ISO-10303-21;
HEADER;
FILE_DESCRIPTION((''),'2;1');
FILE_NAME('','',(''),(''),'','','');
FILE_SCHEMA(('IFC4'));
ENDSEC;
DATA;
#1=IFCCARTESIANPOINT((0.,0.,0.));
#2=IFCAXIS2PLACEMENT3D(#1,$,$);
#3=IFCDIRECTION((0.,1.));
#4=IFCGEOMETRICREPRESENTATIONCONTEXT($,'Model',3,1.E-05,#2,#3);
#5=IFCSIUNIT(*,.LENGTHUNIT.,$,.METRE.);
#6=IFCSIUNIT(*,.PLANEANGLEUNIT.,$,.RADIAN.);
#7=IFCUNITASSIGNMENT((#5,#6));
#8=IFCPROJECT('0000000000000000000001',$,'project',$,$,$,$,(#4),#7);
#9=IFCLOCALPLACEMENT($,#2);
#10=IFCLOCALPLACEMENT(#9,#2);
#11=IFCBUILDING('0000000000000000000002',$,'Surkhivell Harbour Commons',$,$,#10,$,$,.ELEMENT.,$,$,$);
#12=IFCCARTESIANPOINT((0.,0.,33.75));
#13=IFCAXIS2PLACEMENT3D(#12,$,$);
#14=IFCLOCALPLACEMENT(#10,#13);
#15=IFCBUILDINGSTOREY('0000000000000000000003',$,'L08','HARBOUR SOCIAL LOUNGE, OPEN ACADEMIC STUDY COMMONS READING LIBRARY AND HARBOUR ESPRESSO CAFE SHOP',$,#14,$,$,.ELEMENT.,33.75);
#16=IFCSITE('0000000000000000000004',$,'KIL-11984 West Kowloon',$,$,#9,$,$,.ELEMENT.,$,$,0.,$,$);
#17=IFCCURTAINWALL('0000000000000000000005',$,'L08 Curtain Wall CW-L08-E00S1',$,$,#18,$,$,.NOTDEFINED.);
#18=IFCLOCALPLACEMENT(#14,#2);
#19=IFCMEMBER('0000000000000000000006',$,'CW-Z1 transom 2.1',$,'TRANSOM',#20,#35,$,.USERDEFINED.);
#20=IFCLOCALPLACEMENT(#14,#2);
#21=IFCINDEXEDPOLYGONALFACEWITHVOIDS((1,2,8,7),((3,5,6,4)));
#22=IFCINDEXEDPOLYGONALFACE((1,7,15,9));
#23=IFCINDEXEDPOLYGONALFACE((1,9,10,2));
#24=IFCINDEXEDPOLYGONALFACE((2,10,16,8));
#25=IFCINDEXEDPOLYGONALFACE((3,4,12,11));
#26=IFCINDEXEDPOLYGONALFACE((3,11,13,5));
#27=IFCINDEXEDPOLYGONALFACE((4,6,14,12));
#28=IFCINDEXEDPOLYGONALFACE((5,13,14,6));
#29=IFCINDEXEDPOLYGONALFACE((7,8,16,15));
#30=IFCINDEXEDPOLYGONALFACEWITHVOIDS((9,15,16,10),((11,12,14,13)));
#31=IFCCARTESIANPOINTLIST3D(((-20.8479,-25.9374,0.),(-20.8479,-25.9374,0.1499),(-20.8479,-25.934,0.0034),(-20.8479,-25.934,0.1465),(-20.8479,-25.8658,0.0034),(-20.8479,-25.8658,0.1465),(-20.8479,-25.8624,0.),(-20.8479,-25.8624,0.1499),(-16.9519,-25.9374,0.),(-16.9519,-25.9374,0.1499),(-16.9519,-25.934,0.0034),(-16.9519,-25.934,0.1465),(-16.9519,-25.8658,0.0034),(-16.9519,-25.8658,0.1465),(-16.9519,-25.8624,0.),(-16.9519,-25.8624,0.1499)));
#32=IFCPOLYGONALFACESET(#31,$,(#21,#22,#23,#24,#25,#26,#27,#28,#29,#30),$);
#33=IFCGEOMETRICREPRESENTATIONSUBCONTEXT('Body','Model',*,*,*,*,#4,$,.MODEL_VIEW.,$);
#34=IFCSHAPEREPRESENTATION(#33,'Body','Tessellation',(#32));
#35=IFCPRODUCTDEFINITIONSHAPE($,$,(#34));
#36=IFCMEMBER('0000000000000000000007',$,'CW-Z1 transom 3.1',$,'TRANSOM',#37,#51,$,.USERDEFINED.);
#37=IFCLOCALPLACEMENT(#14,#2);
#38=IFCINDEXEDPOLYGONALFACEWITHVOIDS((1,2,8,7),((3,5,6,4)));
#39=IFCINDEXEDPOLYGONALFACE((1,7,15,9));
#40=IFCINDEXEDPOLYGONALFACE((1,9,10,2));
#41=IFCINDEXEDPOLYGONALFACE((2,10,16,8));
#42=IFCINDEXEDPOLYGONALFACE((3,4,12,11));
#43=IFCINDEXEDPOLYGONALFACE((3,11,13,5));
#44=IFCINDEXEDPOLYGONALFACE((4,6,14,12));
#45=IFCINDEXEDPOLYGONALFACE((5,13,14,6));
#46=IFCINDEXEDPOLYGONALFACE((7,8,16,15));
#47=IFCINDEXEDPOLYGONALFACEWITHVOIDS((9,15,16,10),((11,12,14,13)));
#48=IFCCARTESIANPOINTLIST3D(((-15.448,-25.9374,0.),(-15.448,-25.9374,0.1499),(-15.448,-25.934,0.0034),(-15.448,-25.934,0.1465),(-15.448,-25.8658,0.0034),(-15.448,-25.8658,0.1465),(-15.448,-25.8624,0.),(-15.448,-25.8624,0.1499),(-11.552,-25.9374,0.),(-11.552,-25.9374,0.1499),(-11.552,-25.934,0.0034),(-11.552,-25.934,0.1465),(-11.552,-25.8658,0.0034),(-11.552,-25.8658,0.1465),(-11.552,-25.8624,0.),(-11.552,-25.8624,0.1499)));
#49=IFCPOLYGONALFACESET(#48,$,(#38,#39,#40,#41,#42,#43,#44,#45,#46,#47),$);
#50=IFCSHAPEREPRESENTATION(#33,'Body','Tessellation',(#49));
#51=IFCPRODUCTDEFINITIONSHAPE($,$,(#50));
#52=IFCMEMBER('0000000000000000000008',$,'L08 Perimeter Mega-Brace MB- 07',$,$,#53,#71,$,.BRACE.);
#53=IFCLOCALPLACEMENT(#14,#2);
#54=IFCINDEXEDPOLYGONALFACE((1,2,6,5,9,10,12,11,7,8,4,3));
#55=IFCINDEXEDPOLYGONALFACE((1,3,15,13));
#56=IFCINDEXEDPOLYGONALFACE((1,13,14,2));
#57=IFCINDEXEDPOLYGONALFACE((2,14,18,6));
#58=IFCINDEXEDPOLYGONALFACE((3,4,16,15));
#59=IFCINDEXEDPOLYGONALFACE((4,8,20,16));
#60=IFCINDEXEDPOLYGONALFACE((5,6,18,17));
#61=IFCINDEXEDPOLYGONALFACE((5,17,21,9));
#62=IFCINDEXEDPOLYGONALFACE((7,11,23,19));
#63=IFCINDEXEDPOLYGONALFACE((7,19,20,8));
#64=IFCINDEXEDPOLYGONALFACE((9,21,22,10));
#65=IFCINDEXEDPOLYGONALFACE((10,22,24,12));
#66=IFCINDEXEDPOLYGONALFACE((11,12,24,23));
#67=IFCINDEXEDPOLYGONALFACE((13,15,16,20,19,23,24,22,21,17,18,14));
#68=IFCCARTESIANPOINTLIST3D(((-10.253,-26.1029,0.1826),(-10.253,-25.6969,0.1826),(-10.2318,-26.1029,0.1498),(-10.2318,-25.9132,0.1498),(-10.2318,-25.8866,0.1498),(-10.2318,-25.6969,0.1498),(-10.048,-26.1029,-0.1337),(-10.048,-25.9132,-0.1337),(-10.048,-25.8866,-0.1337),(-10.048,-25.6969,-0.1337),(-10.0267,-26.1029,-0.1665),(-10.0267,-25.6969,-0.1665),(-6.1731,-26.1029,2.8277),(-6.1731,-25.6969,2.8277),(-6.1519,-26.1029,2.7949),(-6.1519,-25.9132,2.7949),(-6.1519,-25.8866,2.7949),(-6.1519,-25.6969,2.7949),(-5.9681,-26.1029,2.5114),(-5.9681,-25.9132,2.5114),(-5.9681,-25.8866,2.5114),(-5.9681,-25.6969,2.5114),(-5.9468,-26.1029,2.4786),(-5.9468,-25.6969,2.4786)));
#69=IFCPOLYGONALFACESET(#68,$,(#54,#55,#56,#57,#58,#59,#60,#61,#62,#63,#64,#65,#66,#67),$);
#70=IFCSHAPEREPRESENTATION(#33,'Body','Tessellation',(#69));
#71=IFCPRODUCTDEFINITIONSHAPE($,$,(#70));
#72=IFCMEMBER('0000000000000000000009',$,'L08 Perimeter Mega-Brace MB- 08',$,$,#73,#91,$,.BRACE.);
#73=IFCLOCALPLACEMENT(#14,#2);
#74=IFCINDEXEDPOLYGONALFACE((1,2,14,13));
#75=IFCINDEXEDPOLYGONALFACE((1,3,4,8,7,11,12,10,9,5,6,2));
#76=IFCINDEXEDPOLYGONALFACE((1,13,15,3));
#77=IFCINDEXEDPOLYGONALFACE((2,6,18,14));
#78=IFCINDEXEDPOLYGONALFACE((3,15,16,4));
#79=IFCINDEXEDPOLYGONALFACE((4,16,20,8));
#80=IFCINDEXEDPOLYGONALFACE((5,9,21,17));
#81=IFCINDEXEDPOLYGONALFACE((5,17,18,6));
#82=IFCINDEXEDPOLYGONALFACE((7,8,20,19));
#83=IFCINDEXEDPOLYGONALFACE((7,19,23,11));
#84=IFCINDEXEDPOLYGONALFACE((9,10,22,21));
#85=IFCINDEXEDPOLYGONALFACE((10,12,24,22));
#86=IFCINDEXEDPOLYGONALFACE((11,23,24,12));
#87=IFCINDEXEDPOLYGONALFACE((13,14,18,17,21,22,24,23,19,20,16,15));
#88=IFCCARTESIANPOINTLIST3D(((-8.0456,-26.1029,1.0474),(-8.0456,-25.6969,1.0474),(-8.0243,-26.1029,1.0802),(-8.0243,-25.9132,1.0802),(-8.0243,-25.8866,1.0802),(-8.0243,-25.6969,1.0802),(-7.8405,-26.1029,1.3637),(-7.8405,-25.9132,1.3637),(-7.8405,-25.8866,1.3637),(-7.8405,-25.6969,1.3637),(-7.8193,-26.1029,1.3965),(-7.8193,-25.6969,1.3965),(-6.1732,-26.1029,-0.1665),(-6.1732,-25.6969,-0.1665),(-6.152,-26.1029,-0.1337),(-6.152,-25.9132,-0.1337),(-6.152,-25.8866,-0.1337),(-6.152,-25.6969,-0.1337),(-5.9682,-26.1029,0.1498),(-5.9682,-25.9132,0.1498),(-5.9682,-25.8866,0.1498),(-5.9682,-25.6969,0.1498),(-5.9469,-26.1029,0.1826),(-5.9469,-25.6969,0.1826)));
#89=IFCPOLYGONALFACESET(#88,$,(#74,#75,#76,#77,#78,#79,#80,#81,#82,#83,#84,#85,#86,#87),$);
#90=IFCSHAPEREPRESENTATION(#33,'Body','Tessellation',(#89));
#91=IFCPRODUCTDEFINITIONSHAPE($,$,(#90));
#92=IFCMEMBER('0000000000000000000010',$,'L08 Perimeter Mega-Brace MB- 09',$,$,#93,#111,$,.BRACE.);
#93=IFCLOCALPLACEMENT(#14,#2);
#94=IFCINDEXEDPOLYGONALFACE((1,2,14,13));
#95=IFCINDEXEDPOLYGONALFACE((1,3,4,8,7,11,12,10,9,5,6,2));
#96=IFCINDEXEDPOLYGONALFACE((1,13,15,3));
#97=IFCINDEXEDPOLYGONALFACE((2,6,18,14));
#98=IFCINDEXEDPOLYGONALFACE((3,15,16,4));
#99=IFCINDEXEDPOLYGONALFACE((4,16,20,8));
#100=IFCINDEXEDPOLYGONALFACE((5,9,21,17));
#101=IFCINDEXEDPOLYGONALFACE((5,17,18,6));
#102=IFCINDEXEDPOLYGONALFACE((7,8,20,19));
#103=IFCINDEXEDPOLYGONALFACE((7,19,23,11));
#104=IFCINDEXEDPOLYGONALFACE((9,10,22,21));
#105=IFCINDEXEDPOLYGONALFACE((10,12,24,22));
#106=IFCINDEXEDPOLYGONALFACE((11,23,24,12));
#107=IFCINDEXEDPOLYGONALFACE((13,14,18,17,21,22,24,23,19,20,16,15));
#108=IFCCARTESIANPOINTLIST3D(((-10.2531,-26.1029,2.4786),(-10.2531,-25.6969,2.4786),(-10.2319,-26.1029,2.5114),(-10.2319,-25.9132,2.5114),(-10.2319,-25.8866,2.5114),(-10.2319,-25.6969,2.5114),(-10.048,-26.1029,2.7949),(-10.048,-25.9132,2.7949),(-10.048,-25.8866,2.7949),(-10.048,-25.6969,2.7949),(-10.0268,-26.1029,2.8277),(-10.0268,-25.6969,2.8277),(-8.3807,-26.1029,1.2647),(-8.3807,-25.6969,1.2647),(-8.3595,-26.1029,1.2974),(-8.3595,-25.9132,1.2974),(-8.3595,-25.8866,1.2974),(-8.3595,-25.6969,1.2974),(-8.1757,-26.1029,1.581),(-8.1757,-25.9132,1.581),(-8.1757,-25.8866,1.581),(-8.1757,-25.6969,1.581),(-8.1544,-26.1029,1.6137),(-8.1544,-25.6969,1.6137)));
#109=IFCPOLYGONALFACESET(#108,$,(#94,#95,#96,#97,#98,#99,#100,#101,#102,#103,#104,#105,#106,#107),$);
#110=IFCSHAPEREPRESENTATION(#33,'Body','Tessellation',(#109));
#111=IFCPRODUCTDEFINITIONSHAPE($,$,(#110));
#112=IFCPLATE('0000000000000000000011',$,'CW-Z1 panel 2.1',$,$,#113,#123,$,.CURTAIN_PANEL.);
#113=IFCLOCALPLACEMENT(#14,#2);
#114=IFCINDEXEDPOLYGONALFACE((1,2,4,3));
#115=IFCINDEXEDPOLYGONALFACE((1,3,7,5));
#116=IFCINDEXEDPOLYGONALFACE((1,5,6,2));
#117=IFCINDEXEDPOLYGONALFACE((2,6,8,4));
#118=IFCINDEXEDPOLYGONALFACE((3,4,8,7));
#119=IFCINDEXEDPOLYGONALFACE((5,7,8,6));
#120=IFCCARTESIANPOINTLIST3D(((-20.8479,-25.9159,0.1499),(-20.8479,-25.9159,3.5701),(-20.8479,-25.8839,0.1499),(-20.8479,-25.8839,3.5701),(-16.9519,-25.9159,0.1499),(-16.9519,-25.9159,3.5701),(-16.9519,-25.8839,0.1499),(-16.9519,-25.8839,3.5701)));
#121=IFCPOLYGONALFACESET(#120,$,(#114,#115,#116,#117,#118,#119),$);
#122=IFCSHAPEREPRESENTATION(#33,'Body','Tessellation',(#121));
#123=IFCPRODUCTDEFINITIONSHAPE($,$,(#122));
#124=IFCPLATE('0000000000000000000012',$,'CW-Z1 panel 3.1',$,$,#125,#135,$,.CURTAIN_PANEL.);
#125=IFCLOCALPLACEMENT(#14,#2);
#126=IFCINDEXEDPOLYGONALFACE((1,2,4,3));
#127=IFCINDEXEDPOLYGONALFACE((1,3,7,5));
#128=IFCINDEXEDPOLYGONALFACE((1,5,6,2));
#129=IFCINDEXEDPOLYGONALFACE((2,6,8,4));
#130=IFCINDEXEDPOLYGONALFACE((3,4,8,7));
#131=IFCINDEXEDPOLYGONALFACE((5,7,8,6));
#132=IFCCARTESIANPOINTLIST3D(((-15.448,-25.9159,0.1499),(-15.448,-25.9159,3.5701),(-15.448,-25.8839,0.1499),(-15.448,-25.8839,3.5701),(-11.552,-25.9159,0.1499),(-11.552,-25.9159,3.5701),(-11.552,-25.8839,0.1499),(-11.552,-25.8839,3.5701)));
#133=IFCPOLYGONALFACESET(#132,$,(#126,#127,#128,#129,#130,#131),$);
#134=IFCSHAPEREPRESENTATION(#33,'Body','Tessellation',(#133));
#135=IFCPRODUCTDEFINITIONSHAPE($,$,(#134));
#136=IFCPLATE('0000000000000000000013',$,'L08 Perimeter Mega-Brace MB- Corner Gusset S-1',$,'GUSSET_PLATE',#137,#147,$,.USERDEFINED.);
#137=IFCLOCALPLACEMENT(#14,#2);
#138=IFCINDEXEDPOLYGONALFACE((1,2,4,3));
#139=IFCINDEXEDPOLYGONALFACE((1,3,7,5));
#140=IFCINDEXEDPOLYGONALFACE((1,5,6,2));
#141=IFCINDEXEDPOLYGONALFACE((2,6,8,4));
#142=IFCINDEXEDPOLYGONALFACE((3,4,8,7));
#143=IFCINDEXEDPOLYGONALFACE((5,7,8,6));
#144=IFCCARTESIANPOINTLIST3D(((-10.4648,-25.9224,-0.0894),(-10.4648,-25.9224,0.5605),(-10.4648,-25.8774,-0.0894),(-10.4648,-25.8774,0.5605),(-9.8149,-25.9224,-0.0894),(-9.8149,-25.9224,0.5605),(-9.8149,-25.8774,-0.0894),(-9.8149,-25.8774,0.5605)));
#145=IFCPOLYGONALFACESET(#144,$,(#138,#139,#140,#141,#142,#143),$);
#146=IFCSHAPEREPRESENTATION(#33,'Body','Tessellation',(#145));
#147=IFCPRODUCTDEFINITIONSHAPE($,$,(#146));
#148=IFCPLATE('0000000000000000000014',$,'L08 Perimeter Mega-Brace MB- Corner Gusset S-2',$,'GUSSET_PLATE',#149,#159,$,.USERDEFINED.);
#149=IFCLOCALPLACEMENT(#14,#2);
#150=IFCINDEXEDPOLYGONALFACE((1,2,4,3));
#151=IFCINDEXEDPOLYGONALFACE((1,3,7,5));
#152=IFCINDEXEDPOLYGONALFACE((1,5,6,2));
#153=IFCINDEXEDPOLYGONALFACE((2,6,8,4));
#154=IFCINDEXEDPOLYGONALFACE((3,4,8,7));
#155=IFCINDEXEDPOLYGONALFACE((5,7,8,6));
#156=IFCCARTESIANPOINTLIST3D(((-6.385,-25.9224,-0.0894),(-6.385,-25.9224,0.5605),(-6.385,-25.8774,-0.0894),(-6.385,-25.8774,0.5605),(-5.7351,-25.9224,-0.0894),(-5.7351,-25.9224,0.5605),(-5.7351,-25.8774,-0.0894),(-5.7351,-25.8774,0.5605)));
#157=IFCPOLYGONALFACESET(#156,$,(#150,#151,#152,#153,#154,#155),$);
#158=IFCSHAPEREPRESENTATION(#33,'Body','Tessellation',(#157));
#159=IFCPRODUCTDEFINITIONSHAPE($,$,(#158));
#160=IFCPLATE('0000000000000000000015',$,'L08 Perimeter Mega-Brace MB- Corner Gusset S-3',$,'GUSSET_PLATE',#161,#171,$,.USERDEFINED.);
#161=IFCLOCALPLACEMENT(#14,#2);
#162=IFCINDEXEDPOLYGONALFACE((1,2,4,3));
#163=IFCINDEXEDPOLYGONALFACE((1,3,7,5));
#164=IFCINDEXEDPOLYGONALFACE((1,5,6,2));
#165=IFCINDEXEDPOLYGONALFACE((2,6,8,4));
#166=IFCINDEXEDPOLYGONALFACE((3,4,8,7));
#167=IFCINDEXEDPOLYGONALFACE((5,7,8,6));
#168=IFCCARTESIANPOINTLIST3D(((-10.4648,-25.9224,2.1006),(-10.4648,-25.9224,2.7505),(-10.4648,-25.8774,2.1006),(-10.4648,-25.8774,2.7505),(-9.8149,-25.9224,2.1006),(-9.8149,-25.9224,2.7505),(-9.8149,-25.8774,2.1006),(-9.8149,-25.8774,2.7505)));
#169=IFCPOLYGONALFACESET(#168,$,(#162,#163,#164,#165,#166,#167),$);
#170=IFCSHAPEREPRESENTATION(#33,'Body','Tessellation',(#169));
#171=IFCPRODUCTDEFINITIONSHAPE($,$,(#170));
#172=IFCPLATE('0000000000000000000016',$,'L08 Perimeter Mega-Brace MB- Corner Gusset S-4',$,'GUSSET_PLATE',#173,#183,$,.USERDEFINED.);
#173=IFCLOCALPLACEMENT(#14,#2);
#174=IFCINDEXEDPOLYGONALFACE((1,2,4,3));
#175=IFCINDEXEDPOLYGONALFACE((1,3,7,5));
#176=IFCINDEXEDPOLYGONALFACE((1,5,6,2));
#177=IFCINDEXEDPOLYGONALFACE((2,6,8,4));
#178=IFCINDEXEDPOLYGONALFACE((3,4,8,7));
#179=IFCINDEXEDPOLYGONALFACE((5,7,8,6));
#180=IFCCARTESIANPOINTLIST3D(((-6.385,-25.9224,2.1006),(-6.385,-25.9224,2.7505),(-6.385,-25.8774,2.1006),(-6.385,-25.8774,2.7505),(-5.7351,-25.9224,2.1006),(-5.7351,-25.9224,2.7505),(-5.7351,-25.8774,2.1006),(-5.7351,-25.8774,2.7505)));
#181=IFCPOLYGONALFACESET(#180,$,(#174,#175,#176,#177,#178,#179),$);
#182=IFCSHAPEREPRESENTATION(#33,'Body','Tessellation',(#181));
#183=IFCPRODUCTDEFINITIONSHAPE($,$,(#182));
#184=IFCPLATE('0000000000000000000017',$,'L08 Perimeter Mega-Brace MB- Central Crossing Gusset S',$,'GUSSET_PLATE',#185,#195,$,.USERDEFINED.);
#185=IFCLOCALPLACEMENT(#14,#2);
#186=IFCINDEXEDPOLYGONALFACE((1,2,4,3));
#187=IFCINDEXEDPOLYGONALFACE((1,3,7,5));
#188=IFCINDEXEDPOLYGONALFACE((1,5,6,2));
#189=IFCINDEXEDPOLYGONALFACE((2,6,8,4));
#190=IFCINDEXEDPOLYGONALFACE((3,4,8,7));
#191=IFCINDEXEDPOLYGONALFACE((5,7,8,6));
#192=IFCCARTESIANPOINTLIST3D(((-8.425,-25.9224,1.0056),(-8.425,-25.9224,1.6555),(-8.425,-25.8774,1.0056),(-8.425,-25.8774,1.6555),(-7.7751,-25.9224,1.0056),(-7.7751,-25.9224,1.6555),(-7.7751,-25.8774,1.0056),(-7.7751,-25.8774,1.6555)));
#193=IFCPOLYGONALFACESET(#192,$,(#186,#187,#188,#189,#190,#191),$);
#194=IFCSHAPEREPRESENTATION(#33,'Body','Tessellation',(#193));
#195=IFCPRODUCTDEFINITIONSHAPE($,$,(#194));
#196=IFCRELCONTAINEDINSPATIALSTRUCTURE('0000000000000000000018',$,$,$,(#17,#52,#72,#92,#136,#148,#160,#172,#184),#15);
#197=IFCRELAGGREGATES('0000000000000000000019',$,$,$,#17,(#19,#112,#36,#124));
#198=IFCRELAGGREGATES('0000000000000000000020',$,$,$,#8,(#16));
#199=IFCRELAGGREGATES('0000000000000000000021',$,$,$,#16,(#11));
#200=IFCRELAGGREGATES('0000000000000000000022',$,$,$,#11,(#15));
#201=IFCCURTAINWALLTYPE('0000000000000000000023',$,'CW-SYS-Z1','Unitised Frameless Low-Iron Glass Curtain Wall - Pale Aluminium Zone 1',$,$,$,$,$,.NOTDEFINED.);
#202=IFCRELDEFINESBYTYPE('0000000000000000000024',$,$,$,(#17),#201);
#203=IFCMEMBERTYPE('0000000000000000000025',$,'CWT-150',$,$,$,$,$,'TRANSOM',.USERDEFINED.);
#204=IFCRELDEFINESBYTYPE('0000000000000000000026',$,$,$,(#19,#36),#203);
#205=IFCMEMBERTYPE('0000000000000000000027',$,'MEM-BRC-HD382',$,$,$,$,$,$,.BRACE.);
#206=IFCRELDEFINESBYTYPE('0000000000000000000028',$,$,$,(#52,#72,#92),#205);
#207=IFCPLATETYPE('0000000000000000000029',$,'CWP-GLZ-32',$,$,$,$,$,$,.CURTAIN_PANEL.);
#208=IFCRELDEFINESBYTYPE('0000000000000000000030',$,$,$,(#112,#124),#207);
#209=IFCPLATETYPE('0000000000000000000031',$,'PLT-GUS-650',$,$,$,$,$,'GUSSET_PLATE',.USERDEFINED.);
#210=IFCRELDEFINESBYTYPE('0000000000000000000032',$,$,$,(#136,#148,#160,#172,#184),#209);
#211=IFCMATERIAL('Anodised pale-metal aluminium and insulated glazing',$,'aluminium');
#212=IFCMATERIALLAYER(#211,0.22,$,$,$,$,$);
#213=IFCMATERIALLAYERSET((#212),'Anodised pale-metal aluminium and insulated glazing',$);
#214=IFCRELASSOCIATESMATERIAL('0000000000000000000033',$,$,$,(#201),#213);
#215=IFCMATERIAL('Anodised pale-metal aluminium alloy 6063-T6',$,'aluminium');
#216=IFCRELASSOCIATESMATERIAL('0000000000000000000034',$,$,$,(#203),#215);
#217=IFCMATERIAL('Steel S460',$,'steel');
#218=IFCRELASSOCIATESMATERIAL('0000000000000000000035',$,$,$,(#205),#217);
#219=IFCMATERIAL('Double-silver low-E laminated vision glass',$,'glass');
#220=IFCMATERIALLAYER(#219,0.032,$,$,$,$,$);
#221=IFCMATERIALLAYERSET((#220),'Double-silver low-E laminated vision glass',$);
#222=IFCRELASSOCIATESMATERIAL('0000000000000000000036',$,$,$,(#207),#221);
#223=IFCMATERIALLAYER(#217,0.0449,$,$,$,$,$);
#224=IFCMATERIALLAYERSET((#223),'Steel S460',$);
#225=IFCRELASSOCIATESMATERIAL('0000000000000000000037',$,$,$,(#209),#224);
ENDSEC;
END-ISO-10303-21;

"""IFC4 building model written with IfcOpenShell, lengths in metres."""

from ifc_helpers import new_model, si_unit, direction, frame, frame_2d, origin, origin_2d, place, context, subcontext, project, spatial, rectangle, hollow_rectangle, i_section, extrude, material, layer, layer_set, material_profile, profile_set, type_object, element, aggregate, save


model = new_model("IFC4")

# Units and contexts
model_context = context("Model", 3, precision=1e-05, world=origin(), true_north=direction((0.0, 1.0)))
body_context = subcontext(model_context, "Body", "Model", "MODEL_VIEW")
ifc_project = project(units=[si_unit("LENGTHUNIT", "METRE"), si_unit("PLANEANGLEUNIT", "RADIAN")], contexts=[model_context])

# Site, building, storey
site_placement = place(None, origin())
site = spatial("IfcSite", under=ifc_project, at=site_placement, Name="KIL-11984 West Kowloon", CompositionType="ELEMENT", RefElevation=0.0)
building_placement = place(site_placement, origin())
building = spatial("IfcBuilding", under=site, at=building_placement, Name="Surkhivell Harbour Commons", CompositionType="ELEMENT")
storey_placement = place(building_placement, frame((0.0, 0.0, 33.75)))
storey = spatial("IfcBuildingStorey", under=building, at=storey_placement, Name="L08", Description="HARBOUR SOCIAL LOUNGE, OPEN ACADEMIC STUDY COMMONS READING LIBRARY AND HARBOUR ESPRESSO CAFE SHOP", CompositionType="ELEMENT", Elevation=33.75)

# Shared definitions
ifc_material_1 = material(Name="Steel S460", Category="steel")

# Curtain wall, members
ifc_material_2 = material(Name="Anodised pale-metal aluminium and insulated glazing", Category="aluminium")
ifc_layer_1 = layer(ifc_material_2, 0.22)
ifc_layer_set_1 = layer_set([ifc_layer_1], Name="Anodised pale-metal aluminium and insulated glazing")
curtain_wall_type = type_object("IfcCurtainWallType", Name="CW-SYS-Z1", Description="Unitised Frameless Low-Iron Glass Curtain Wall - Pale Aluminium Zone 1", PredefinedType="NOTDEFINED", material=ifc_layer_set_1)
curtain_wall_placement = place(storey_placement, origin())
curtain_wall = element("IfcCurtainWall", 1, at=curtain_wall_placement, inside=storey, type_object=curtain_wall_type, Name="L08 Curtain Wall CW-L08-E00S1", PredefinedType="NOTDEFINED")
ifc_material_3 = material(Name="Anodised pale-metal aluminium alloy 6063-T6", Category="aluminium")
ifc_material_profile_1 = material_profile(ifc_material_3, hollow_rectangle(XDim=0.075, YDim=0.1499, WallThickness=0.0034, at=origin_2d()), Name="ALU-TRAN-75x150")
ifc_profile_set_1 = profile_set([ifc_material_profile_1], Name="Anodised pale-metal aluminium alloy 6063-T6")
member_type_1 = type_object("IfcMemberType", Name="CWT-150", ElementType="TRANSOM", PredefinedType="USERDEFINED", material=ifc_profile_set_1)
member_1_placement = place(storey_placement, frame((-20.8479, -25.8999, 0.075), z_axis=(1.0, 0.0, 0.0), x_axis=(0.0, 1.0, 0.0)))
member_1 = element("IfcMember", 2, at=member_1_placement, type_object=member_type_1, Name="CW-Z1 transom 2.1", ObjectType="TRANSOM", PredefinedType="USERDEFINED", context=body_context, shape_type="SweptSolid", body=[
    extrude(hollow_rectangle(XDim=0.075, YDim=0.1499, WallThickness=0.0034, at=origin_2d()), origin(), (0.0, 0.0, 1.0), 3.896),
])
member_2_placement = place(storey_placement, frame((-15.448, -25.8999, 0.075), z_axis=(1.0, 0.0, 0.0), x_axis=(0.0, 1.0, 0.0)))
member_2 = element("IfcMember", 3, at=member_2_placement, type_object=member_type_1, Name="CW-Z1 transom 3.1", ObjectType="TRANSOM", PredefinedType="USERDEFINED", context=body_context, shape_type="SweptSolid", body=[
    extrude(hollow_rectangle(XDim=0.075, YDim=0.1499, WallThickness=0.0034, at=origin_2d()), origin(), (0.0, 0.0, 1.0), 3.896),
])

# Members
ifc_material_profile_2 = material_profile(ifc_material_1, i_section(OverallWidth=0.406, OverallDepth=0.416, WebThickness=0.0266, FlangeThickness=0.0391, at=origin_2d()), Name="HD400x382")
ifc_profile_set_2 = profile_set([ifc_material_profile_2], Name="Steel S460")
member_type_2 = type_object("IfcMemberType", Name="MEM-BRC-HD382", PredefinedType="BRACE", material=ifc_profile_set_2)
member_3_placement = place(storey_placement, frame((-10.1399, -25.8999, 0.0081), z_axis=(0.839089, 0.0, 0.543994), x_axis=(0.0, 1.0, 0.0)))
element("IfcMember", 4, at=member_3_placement, inside=storey, type_object=member_type_2, Name="L08 Perimeter Mega-Brace MB- 07", PredefinedType="BRACE", context=body_context, shape_type="SweptSolid", body=[
    extrude(i_section(OverallWidth=0.406, OverallDepth=0.416, WebThickness=0.0266, FlangeThickness=0.0391, at=origin_2d()), origin(), (0.0, 0.0, 1.0), 4.8623),
])
for number, where, z_axis, x_axis, name in (
    (5, (-6.0601, -25.8999, 0.0081), (-0.839085, 0.0, 0.544), (0.0, -1.0, 0.0), "L08 Perimeter Mega-Brace MB- 08"),
    (6, (-8.2676, -25.8999, 1.4392), (-0.839085, 0.0, 0.544), (0.0, -1.0, 0.0), "L08 Perimeter Mega-Brace MB- 09"),
):
    element("IfcMember", number, at=place(storey_placement, frame(where, z_axis=z_axis, x_axis=x_axis)), inside=storey, type_object=member_type_2, Name=name, PredefinedType="BRACE", context=body_context, shape_type="SweptSolid", body=[
        extrude(i_section(OverallWidth=0.406, OverallDepth=0.416, WebThickness=0.0266, FlangeThickness=0.0391, at=origin_2d()), origin(), (0.0, 0.0, 1.0), 2.2314),
    ])

# Plates
ifc_material_4 = material(Name="Double-silver low-E laminated vision glass", Category="glass")
ifc_layer_2 = layer(ifc_material_4, 0.032)
ifc_layer_set_2 = layer_set([ifc_layer_2], Name="Double-silver low-E laminated vision glass")
plate_type_1 = type_object("IfcPlateType", Name="CWP-GLZ-32", PredefinedType="CURTAIN_PANEL", material=ifc_layer_set_2)
plate_1_placement = place(storey_placement, frame((-20.8479, -25.8999, 0.1499), z_axis=(0.0, 0.0, 1.0), x_axis=(1.0, 0.0, 0.0)))
plate_1 = element("IfcPlate", 7, at=plate_1_placement, type_object=plate_type_1, Name="CW-Z1 panel 2.1", PredefinedType="CURTAIN_PANEL", context=body_context, shape_type="SweptSolid", body=[
    extrude(rectangle(XDim=3.896, YDim=0.032, at=frame_2d((1.948, 0.0))), origin(), (0.0, 0.0, 1.0), 3.4202),
])
plate_2_placement = place(storey_placement, frame((-15.448, -25.8999, 0.1499), z_axis=(0.0, 0.0, 1.0), x_axis=(1.0, 0.0, 0.0)))
plate_2 = element("IfcPlate", 8, at=plate_2_placement, type_object=plate_type_1, Name="CW-Z1 panel 3.1", PredefinedType="CURTAIN_PANEL", context=body_context, shape_type="SweptSolid", body=[
    extrude(rectangle(XDim=3.896, YDim=0.032, at=frame_2d((1.948, 0.0))), origin(), (0.0, 0.0, 1.0), 3.4202),
])
aggregate(curtain_wall, [member_1, plate_1, member_2, plate_2])

# Plates
ifc_layer_3 = layer(ifc_material_1, 0.0449)
ifc_layer_set_3 = layer_set([ifc_layer_3], Name="Steel S460")
plate_type_2 = type_object("IfcPlateType", Name="PLT-GUS-650", ElementType="GUSSET_PLATE", PredefinedType="USERDEFINED", material=ifc_layer_set_3)
for number, where, z_axis, x_axis, name in (
    (9, (-10.1399, -25.8999, -0.0894), (0.0, 0.0, 1.0), (1.0, 0.0, 0.0), "L08 Perimeter Mega-Brace MB- Corner Gusset S-1"),
    (10, (-6.0601, -25.8999, -0.0894), (0.0, 0.0, 1.0), (1.0, 0.0, 0.0), "L08 Perimeter Mega-Brace MB- Corner Gusset S-2"),
    (11, (-10.1399, -25.8999, 2.1006), (0.0, 0.0, 1.0), (1.0, 0.0, 0.0), "L08 Perimeter Mega-Brace MB- Corner Gusset S-3"),
    (12, (-6.0601, -25.8999, 2.1006), (0.0, 0.0, 1.0), (1.0, 0.0, 0.0), "L08 Perimeter Mega-Brace MB- Corner Gusset S-4"),
    (13, (-8.1001, -25.8999, 1.0056), (0.0, 0.0, 1.0), (1.0, 0.0, 0.0), "L08 Perimeter Mega-Brace MB- Central Crossing Gusset S"),
):
    element("IfcPlate", number, at=place(storey_placement, frame(where, z_axis=z_axis, x_axis=x_axis)), inside=storey, type_object=plate_type_2, Name=name, ObjectType="GUSSET_PLATE", PredefinedType="USERDEFINED", context=body_context, shape_type="SweptSolid", body=[
        extrude(rectangle(XDim=0.6499, YDim=0.0449, at=origin_2d()), origin(), (0.0, 0.0, 1.0), 0.6499),
    ])

save(model, "model.ifc")
